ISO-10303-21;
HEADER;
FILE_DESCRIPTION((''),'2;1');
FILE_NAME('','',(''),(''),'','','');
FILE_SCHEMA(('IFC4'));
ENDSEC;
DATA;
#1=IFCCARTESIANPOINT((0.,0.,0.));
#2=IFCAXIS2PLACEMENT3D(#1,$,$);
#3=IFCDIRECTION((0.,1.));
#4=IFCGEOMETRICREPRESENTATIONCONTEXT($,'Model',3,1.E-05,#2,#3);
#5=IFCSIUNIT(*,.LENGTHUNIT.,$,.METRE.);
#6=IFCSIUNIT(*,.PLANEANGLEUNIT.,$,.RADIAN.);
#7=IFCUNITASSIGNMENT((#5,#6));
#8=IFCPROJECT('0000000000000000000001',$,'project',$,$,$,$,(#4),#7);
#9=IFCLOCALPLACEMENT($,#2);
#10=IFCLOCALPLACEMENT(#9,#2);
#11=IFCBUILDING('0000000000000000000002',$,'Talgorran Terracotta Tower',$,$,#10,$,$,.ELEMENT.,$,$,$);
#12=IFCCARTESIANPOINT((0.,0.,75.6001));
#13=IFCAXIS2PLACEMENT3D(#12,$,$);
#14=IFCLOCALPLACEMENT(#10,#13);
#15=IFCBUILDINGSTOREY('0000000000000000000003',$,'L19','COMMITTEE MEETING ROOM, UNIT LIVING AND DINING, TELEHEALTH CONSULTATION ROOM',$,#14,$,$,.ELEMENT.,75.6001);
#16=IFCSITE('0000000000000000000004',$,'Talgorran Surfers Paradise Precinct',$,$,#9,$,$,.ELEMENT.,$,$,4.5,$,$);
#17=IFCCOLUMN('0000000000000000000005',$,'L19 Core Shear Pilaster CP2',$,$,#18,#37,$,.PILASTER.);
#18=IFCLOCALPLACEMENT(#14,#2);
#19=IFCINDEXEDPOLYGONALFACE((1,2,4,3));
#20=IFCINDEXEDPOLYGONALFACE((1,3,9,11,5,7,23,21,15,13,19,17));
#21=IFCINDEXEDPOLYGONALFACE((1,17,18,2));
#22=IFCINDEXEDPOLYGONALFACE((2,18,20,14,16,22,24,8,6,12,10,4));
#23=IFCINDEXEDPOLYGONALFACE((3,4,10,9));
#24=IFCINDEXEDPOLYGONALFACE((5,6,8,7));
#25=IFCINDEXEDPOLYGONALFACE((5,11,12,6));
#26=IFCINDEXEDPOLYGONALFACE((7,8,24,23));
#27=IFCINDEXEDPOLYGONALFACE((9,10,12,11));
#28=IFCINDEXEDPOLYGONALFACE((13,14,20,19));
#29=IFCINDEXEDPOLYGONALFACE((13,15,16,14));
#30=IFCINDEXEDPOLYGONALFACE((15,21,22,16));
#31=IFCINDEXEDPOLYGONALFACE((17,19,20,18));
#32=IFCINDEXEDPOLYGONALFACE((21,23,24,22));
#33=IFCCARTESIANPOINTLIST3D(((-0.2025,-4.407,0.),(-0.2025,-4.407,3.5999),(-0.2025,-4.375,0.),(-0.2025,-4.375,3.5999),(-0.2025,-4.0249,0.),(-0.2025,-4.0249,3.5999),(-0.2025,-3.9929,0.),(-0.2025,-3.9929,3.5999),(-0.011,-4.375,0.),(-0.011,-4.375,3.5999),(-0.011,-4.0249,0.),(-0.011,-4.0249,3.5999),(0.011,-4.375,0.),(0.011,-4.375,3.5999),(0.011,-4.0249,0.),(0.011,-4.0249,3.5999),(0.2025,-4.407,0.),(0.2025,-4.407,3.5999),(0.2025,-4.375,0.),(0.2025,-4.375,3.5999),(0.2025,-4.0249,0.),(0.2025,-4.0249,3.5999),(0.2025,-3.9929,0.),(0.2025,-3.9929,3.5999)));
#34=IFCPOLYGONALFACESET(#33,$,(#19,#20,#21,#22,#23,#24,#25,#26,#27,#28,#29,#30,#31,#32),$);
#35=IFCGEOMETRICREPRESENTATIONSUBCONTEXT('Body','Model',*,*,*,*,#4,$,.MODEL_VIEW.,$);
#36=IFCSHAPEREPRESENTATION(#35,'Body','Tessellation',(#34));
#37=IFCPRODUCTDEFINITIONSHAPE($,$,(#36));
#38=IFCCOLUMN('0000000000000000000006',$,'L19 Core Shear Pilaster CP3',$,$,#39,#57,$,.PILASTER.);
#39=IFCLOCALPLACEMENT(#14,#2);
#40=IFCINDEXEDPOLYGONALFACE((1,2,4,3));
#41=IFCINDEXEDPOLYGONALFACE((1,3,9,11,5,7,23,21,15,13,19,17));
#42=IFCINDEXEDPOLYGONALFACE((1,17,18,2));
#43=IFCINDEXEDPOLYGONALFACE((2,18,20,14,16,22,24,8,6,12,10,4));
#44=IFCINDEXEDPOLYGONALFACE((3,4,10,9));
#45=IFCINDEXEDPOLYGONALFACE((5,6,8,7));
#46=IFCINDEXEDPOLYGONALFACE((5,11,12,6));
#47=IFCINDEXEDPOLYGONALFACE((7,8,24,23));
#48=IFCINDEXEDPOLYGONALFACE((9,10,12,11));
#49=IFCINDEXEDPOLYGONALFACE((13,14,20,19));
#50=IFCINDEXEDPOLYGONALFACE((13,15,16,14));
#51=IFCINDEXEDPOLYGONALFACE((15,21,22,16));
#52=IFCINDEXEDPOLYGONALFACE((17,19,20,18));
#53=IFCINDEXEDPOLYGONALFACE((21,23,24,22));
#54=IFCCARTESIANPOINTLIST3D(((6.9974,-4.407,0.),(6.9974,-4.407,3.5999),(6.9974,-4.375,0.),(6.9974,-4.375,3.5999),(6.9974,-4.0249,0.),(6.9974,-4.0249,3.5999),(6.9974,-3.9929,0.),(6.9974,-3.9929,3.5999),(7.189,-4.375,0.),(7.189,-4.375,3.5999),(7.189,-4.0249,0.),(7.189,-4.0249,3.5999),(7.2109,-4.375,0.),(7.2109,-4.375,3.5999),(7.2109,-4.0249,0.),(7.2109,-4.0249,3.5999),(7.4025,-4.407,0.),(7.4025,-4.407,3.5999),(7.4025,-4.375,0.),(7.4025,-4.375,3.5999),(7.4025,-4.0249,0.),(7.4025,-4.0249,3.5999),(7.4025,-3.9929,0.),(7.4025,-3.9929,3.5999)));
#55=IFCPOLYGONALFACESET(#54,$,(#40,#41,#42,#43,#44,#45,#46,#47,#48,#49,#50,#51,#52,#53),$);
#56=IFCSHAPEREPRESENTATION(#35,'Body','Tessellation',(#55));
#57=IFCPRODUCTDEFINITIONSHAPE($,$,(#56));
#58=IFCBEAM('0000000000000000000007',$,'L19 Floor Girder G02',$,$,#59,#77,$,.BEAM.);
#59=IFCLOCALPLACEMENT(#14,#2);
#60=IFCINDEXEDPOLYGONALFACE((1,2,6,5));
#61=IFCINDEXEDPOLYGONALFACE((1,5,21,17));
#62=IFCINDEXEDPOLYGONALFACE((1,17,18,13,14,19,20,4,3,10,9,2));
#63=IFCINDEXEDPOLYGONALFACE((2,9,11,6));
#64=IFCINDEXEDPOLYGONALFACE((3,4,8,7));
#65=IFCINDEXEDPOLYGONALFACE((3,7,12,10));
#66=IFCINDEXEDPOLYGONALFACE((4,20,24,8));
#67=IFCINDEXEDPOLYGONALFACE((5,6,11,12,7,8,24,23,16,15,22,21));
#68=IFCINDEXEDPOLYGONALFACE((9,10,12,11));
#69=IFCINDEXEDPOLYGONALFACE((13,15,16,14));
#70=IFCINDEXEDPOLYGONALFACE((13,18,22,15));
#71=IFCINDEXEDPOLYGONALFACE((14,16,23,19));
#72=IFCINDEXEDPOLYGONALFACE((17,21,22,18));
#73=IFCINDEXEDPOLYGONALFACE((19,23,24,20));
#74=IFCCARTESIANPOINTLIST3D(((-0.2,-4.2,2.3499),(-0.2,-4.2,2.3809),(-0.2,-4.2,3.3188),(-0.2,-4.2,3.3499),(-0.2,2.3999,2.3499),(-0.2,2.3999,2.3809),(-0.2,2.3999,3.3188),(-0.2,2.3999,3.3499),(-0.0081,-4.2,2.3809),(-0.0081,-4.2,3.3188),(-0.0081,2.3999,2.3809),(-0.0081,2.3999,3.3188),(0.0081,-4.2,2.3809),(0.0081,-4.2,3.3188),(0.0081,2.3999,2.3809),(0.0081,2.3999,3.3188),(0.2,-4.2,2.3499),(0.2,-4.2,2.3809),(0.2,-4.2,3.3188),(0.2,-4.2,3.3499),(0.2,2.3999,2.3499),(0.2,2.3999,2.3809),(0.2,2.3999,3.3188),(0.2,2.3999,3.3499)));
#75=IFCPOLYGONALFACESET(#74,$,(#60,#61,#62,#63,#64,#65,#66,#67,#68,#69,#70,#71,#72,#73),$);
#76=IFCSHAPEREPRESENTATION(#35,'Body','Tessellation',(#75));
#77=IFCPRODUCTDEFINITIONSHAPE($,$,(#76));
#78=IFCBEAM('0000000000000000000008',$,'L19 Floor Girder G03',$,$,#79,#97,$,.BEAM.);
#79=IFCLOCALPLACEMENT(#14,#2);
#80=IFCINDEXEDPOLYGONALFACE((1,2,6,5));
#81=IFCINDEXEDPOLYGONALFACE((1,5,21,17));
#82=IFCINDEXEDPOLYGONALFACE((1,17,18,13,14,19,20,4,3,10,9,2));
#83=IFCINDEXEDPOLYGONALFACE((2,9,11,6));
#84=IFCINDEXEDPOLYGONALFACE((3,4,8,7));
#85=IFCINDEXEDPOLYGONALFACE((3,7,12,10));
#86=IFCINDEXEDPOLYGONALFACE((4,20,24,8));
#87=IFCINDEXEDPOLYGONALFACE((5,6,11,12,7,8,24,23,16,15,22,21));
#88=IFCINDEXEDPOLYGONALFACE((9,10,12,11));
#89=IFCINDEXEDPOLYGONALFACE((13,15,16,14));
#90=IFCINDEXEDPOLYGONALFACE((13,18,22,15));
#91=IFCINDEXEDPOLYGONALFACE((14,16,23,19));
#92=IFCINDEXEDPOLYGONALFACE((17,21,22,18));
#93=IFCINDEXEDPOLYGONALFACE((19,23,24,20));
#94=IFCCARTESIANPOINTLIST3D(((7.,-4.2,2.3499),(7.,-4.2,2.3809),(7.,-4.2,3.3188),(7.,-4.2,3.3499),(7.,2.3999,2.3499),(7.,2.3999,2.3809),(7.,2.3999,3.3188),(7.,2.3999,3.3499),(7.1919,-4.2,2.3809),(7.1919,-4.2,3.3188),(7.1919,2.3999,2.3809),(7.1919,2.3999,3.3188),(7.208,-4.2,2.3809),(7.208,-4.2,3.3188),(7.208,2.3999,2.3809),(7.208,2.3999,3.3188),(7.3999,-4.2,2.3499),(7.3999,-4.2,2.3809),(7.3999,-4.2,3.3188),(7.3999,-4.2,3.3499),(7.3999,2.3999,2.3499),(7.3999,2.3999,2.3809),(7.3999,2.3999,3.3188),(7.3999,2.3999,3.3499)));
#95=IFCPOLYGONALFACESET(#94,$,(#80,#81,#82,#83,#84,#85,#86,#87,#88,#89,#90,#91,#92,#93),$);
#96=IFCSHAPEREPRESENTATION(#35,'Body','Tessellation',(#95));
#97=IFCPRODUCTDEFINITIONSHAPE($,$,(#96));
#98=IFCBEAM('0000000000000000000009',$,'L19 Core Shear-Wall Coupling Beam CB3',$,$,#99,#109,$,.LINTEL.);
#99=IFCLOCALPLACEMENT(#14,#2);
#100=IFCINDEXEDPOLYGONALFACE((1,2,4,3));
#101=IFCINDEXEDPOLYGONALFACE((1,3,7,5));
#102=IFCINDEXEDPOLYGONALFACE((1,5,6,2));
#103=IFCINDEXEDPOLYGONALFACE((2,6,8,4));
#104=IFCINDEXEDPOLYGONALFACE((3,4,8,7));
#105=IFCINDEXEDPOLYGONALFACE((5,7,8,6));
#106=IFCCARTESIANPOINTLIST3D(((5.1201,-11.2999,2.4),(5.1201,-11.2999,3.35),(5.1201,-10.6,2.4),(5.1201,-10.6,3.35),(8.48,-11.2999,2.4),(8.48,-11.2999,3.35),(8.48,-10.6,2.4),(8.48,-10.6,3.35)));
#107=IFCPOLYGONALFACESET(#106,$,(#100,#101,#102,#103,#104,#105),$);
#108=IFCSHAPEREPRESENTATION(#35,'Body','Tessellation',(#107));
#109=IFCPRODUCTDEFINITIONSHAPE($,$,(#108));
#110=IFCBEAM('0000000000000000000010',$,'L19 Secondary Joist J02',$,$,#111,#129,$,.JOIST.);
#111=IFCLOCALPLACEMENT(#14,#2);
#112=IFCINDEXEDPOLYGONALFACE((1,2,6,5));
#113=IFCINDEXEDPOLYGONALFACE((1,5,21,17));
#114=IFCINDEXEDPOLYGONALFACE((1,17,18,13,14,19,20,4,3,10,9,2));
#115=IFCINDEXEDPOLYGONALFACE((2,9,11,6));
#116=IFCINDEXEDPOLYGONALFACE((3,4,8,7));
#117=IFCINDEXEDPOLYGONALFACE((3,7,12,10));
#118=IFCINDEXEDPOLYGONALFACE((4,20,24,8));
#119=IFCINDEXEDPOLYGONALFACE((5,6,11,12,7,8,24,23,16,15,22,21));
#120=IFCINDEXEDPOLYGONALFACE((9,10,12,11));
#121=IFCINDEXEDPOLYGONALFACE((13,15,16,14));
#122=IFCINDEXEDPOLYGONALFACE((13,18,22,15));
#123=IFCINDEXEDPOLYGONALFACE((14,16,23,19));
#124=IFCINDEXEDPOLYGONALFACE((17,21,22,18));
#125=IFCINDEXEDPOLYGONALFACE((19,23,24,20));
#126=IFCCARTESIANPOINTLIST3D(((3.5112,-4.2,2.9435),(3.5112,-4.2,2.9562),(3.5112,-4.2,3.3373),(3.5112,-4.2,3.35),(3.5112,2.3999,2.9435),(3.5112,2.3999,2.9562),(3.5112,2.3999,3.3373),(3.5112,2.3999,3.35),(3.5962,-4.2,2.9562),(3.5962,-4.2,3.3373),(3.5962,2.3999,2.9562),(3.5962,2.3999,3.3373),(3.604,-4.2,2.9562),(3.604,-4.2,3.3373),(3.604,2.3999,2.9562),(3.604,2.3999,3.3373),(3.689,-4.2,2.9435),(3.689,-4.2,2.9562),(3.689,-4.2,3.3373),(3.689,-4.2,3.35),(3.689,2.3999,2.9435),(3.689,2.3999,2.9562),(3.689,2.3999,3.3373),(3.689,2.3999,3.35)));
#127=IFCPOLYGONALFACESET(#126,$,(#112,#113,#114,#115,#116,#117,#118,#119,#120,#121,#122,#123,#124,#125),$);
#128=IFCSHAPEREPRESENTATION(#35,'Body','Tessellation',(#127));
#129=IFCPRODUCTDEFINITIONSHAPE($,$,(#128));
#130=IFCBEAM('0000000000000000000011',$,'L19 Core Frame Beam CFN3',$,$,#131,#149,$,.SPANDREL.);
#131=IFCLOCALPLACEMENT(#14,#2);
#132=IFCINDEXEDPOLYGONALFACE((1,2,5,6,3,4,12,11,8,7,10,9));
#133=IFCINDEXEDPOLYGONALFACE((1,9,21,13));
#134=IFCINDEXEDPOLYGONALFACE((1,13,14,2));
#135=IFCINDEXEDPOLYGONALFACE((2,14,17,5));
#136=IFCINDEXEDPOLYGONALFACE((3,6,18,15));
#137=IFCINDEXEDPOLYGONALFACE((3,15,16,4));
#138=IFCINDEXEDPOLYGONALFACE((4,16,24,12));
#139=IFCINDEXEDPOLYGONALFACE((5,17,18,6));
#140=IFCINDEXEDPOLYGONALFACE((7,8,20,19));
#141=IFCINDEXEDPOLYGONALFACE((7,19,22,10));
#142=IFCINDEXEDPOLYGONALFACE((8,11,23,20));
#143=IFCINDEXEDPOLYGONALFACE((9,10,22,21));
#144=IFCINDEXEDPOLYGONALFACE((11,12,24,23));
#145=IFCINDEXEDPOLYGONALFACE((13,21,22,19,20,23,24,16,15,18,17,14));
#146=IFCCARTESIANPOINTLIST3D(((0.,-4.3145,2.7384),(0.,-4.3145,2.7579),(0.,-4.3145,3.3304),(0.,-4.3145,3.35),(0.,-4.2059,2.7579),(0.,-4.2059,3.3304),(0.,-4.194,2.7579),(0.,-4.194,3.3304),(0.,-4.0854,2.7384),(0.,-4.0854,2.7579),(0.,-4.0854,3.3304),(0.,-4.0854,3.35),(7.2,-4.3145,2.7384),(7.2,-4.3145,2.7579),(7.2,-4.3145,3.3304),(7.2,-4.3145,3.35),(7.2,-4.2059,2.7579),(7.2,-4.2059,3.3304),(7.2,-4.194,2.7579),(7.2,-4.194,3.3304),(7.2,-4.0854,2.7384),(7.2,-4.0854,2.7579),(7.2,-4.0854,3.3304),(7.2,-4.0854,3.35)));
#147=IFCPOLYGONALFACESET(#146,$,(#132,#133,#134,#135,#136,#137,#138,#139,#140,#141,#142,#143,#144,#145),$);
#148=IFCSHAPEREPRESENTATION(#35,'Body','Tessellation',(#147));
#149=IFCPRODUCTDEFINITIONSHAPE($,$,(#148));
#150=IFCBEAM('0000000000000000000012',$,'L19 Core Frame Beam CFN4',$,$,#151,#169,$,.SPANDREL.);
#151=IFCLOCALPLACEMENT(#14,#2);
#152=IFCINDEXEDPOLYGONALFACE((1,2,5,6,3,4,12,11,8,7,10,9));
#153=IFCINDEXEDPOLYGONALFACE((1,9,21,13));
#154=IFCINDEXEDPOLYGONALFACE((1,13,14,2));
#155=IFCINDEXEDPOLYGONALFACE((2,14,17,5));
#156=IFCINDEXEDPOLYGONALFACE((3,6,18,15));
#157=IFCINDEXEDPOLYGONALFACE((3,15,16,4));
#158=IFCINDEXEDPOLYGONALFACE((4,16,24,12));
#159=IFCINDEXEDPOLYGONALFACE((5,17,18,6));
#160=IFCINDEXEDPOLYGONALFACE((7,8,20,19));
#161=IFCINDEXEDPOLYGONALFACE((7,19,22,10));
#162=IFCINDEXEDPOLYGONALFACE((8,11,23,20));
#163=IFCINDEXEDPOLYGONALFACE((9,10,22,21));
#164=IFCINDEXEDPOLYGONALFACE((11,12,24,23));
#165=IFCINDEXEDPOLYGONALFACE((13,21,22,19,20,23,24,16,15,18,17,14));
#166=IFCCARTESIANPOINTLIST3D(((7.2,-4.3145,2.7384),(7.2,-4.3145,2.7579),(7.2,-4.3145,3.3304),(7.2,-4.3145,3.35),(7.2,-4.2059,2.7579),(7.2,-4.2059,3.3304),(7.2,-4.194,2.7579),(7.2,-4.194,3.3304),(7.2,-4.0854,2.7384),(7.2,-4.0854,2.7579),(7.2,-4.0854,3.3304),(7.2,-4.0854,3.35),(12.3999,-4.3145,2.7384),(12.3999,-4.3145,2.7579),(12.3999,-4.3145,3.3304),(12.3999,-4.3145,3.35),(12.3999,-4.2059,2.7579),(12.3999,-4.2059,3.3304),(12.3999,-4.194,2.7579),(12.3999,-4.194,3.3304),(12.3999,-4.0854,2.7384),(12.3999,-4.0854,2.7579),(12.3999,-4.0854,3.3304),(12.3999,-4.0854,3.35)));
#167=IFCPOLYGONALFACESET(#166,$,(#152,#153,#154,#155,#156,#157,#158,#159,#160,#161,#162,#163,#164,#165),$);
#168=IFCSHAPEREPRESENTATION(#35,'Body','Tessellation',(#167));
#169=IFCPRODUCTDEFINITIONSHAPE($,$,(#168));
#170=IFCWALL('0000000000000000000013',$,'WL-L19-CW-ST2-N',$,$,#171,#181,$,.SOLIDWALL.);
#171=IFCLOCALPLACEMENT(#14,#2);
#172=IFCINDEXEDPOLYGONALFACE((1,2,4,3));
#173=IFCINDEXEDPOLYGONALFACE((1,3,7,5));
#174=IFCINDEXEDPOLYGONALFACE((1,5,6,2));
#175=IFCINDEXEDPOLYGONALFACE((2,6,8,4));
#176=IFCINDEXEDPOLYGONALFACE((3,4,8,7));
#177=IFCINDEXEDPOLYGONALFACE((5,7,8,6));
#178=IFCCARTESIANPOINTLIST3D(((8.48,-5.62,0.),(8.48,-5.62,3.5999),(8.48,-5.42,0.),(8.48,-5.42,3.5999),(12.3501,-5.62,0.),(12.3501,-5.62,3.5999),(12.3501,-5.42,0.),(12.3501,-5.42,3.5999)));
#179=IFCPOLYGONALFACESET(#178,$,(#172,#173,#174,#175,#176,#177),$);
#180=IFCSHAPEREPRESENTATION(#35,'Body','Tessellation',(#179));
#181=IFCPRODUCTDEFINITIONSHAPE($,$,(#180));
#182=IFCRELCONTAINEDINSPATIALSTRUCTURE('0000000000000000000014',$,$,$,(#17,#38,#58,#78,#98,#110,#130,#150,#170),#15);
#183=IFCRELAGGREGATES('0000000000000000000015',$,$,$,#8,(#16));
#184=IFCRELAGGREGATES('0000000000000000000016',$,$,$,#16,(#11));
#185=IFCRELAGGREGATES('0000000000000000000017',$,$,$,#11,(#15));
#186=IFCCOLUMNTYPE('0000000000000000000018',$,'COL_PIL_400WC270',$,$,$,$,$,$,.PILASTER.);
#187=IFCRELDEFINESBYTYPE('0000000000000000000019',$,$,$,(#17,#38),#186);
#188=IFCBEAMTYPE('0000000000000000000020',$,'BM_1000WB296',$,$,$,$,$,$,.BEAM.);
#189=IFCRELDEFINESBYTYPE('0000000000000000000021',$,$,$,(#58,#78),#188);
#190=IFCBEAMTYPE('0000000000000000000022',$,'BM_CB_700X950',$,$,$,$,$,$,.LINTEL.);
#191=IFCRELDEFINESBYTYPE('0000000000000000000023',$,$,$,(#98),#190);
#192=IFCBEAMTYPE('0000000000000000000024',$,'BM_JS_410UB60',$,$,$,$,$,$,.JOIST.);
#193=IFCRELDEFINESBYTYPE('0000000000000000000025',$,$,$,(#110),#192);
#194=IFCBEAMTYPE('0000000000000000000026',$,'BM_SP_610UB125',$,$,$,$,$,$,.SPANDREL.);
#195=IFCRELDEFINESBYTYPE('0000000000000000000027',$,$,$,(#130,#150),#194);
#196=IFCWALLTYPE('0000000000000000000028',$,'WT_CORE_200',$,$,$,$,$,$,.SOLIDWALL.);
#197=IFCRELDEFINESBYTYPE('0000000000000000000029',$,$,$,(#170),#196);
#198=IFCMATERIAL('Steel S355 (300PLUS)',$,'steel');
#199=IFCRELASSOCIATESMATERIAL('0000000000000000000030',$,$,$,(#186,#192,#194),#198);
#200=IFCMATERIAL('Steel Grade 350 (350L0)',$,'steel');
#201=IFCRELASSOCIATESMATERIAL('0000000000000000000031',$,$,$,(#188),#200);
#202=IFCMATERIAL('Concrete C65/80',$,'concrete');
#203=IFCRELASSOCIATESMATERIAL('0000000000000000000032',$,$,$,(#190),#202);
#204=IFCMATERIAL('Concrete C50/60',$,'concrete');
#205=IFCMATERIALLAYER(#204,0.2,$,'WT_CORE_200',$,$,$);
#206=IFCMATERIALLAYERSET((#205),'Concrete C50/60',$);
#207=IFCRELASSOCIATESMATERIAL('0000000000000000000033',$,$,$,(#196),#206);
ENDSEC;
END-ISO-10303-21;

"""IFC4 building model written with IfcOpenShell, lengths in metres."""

from ifc_helpers import new_model, si_unit, direction, frame, frame_2d, origin, origin_2d, place, context, subcontext, project, spatial, rectangle, i_section, extrude, material, layer, layer_set, material_profile, profile_set, type_object, element, save


model = new_model("IFC4")

# Units and contexts
model_context = context("Model", 3, precision=1e-05, world=origin(), true_north=direction((0.0, 1.0)))
body_context = subcontext(model_context, "Body", "Model", "MODEL_VIEW")
ifc_project = project(units=[si_unit("LENGTHUNIT", "METRE"), si_unit("PLANEANGLEUNIT", "RADIAN")], contexts=[model_context])

# Site, building, storey
site_placement = place(None, origin())
site = spatial("IfcSite", under=ifc_project, at=site_placement, Name="Talgorran Surfers Paradise Precinct", CompositionType="ELEMENT", RefElevation=4.5)
building_placement = place(site_placement, origin())
building = spatial("IfcBuilding", under=site, at=building_placement, Name="Talgorran Terracotta Tower", CompositionType="ELEMENT")
storey_placement = place(building_placement, frame((0.0, 0.0, 75.6001)))
storey = spatial("IfcBuildingStorey", under=building, at=storey_placement, Name="L19", Description="COMMITTEE MEETING ROOM, UNIT LIVING AND DINING, TELEHEALTH CONSULTATION ROOM", CompositionType="ELEMENT", Elevation=75.6001)

# Columns
ifc_material_1 = material(Name="Steel S355 (300PLUS)", Category="steel")
ifc_material_profile_1 = material_profile(ifc_material_1, i_section(OverallWidth=0.405, OverallDepth=0.4141, WebThickness=0.022, FlangeThickness=0.032, at=origin_2d()), Name="400WC270")
ifc_profile_set_1 = profile_set([ifc_material_profile_1], Name="Steel S355 (300PLUS)")
column_type = type_object("IfcColumnType", Name="COL_PIL_400WC270", PredefinedType="PILASTER", material=ifc_profile_set_1)
for number, where, z_axis, x_axis, name in (
    (1, (0.0, -4.2, 0.0), (0.0, 0.0, 1.0), (1.0, 0.0, 0.0), "L19 Core Shear Pilaster CP2"),
    (2, (7.2, -4.2, 0.0), (0.0, 0.0, 1.0), (1.0, 0.0, 0.0), "L19 Core Shear Pilaster CP3"),
):
    element("IfcColumn", number, at=place(storey_placement, frame(where, z_axis=z_axis, x_axis=x_axis)), inside=storey, type_object=column_type, Name=name, PredefinedType="PILASTER", context=body_context, shape_type="SweptSolid", body=[
        extrude(i_section(OverallWidth=0.405, OverallDepth=0.4141, WebThickness=0.022, FlangeThickness=0.032, at=origin_2d()), origin(), (0.0, 0.0, 1.0), 3.5999),
    ])

# Beams
ifc_material_2 = material(Name="Steel Grade 350 (350L0)", Category="steel")
ifc_material_profile_2 = material_profile(ifc_material_2, i_section(OverallWidth=0.3999, OverallDepth=1.0, WebThickness=0.0161, FlangeThickness=0.031, at=origin_2d()), Name="1000WB296")
ifc_profile_set_2 = profile_set([ifc_material_profile_2], Name="Steel Grade 350 (350L0)")
beam_type_1 = type_object("IfcBeamType", Name="BM_1000WB296", PredefinedType="BEAM", material=ifc_profile_set_2)
for number, where, z_axis, x_axis, name in (
    (3, (0.0, -4.2, 2.8499), (0.0, 1.0, 0.0), (-1.0, 0.0, 0.0), "L19 Floor Girder G02"),
    (4, (7.2, -4.2, 2.8499), (0.0, 1.0, 0.0), (-1.0, 0.0, 0.0), "L19 Floor Girder G03"),
):
    element("IfcBeam", number, at=place(storey_placement, frame(where, z_axis=z_axis, x_axis=x_axis)), inside=storey, type_object=beam_type_1, Name=name, PredefinedType="BEAM", context=body_context, shape_type="SweptSolid", body=[
        extrude(i_section(OverallWidth=0.3999, OverallDepth=1.0, WebThickness=0.0161, FlangeThickness=0.031, at=origin_2d()), origin(), (0.0, 0.0, 1.0), 6.5999),
    ])
ifc_material_3 = material(Name="Concrete C65/80", Category="concrete")
ifc_material_profile_3 = material_profile(ifc_material_3, rectangle(XDim=0.7, YDim=0.95, at=origin_2d()), Name="RCCB700X950")
ifc_profile_set_3 = profile_set([ifc_material_profile_3], Name="Concrete C65/80")
beam_type_2 = type_object("IfcBeamType", Name="BM_CB_700X950", PredefinedType="LINTEL", material=ifc_profile_set_3)
beam_1_placement = place(storey_placement, frame((5.1201, -10.95, 2.875), z_axis=(1.0, 0.0, 0.0), x_axis=(0.0, 1.0, 0.0)))
element("IfcBeam", 5, at=beam_1_placement, inside=storey, type_object=beam_type_2, Name="L19 Core Shear-Wall Coupling Beam CB3", PredefinedType="LINTEL", context=body_context, shape_type="SweptSolid", body=[
    extrude(rectangle(XDim=0.7, YDim=0.95, at=origin_2d()), origin(), (0.0, 0.0, 1.0), 3.3599),
])
ifc_material_profile_4 = material_profile(ifc_material_1, i_section(OverallWidth=0.1777, OverallDepth=0.4065, WebThickness=0.0078, FlangeThickness=0.0127, at=origin_2d()), Name="410UB59.7")
ifc_profile_set_4 = profile_set([ifc_material_profile_4], Name="Steel S355 (300PLUS)")
beam_type_3 = type_object("IfcBeamType", Name="BM_JS_410UB60", PredefinedType="JOIST", material=ifc_profile_set_4)
beam_2_placement = place(storey_placement, frame((3.6001, -4.2, 3.1467), z_axis=(0.0, 1.0, 0.0), x_axis=(-1.0, 0.0, 0.0)))
element("IfcBeam", 6, at=beam_2_placement, inside=storey, type_object=beam_type_3, Name="L19 Secondary Joist J02", PredefinedType="JOIST", context=body_context, shape_type="SweptSolid", body=[
    extrude(i_section(OverallWidth=0.1777, OverallDepth=0.4065, WebThickness=0.0078, FlangeThickness=0.0127, at=origin_2d()), origin(), (0.0, 0.0, 1.0), 6.5999),
])
ifc_material_profile_5 = material_profile(ifc_material_1, i_section(OverallWidth=0.229, OverallDepth=0.6116, WebThickness=0.012, FlangeThickness=0.0195, at=origin_2d()), Name="610UB125")
ifc_profile_set_5 = profile_set([ifc_material_profile_5], Name="Steel S355 (300PLUS)")
beam_type_4 = type_object("IfcBeamType", Name="BM_SP_610UB125", PredefinedType="SPANDREL", material=ifc_profile_set_5)
beam_3_placement = place(storey_placement, frame((0.0, -4.2, 3.0442), z_axis=(1.0, 0.0, 0.0), x_axis=(0.0, 1.0, 0.0)))
element("IfcBeam", 7, at=beam_3_placement, inside=storey, type_object=beam_type_4, Name="L19 Core Frame Beam CFN3", PredefinedType="SPANDREL", context=body_context, shape_type="SweptSolid", body=[
    extrude(i_section(OverallWidth=0.229, OverallDepth=0.6116, WebThickness=0.012, FlangeThickness=0.0195, at=origin_2d()), origin(), (0.0, 0.0, 1.0), 7.2),
])
beam_4_placement = place(storey_placement, frame((7.2, -4.2, 3.0442), z_axis=(1.0, 0.0, 0.0), x_axis=(0.0, 1.0, 0.0)))
element("IfcBeam", 8, at=beam_4_placement, inside=storey, type_object=beam_type_4, Name="L19 Core Frame Beam CFN4", PredefinedType="SPANDREL", context=body_context, shape_type="SweptSolid", body=[
    extrude(i_section(OverallWidth=0.229, OverallDepth=0.6116, WebThickness=0.012, FlangeThickness=0.0195, at=origin_2d()), origin(), (0.0, 0.0, 1.0), 5.2),
])

# Wall
ifc_material_4 = material(Name="Concrete C50/60", Category="concrete")
ifc_layer_1 = layer(ifc_material_4, 0.2, Name="WT_CORE_200")
ifc_layer_set_1 = layer_set([ifc_layer_1], Name="Concrete C50/60")
wall_type_1 = type_object("IfcWallType", Name="WT_CORE_200", PredefinedType="SOLIDWALL", material=ifc_layer_set_1)
for number, where, z_axis, x_axis, name in (
    (9, (8.48, -5.52, 0.0), (0.0, 0.0, 1.0), (1.0, 0.0, 0.0), "WL-L19-CW-ST2-N"),
):
    element("IfcWall", number, at=place(storey_placement, frame(where, z_axis=z_axis, x_axis=x_axis)), inside=storey, type_object=wall_type_1, Name=name, PredefinedType="SOLIDWALL", context=body_context, shape_type="SweptSolid", body=[
        extrude(rectangle(XDim=3.8701, YDim=0.2, at=frame_2d((1.9351, 0.0))), origin(), (0.0, 0.0, 1.0), 3.5999),
    ])

save(model, "model.ifc")
